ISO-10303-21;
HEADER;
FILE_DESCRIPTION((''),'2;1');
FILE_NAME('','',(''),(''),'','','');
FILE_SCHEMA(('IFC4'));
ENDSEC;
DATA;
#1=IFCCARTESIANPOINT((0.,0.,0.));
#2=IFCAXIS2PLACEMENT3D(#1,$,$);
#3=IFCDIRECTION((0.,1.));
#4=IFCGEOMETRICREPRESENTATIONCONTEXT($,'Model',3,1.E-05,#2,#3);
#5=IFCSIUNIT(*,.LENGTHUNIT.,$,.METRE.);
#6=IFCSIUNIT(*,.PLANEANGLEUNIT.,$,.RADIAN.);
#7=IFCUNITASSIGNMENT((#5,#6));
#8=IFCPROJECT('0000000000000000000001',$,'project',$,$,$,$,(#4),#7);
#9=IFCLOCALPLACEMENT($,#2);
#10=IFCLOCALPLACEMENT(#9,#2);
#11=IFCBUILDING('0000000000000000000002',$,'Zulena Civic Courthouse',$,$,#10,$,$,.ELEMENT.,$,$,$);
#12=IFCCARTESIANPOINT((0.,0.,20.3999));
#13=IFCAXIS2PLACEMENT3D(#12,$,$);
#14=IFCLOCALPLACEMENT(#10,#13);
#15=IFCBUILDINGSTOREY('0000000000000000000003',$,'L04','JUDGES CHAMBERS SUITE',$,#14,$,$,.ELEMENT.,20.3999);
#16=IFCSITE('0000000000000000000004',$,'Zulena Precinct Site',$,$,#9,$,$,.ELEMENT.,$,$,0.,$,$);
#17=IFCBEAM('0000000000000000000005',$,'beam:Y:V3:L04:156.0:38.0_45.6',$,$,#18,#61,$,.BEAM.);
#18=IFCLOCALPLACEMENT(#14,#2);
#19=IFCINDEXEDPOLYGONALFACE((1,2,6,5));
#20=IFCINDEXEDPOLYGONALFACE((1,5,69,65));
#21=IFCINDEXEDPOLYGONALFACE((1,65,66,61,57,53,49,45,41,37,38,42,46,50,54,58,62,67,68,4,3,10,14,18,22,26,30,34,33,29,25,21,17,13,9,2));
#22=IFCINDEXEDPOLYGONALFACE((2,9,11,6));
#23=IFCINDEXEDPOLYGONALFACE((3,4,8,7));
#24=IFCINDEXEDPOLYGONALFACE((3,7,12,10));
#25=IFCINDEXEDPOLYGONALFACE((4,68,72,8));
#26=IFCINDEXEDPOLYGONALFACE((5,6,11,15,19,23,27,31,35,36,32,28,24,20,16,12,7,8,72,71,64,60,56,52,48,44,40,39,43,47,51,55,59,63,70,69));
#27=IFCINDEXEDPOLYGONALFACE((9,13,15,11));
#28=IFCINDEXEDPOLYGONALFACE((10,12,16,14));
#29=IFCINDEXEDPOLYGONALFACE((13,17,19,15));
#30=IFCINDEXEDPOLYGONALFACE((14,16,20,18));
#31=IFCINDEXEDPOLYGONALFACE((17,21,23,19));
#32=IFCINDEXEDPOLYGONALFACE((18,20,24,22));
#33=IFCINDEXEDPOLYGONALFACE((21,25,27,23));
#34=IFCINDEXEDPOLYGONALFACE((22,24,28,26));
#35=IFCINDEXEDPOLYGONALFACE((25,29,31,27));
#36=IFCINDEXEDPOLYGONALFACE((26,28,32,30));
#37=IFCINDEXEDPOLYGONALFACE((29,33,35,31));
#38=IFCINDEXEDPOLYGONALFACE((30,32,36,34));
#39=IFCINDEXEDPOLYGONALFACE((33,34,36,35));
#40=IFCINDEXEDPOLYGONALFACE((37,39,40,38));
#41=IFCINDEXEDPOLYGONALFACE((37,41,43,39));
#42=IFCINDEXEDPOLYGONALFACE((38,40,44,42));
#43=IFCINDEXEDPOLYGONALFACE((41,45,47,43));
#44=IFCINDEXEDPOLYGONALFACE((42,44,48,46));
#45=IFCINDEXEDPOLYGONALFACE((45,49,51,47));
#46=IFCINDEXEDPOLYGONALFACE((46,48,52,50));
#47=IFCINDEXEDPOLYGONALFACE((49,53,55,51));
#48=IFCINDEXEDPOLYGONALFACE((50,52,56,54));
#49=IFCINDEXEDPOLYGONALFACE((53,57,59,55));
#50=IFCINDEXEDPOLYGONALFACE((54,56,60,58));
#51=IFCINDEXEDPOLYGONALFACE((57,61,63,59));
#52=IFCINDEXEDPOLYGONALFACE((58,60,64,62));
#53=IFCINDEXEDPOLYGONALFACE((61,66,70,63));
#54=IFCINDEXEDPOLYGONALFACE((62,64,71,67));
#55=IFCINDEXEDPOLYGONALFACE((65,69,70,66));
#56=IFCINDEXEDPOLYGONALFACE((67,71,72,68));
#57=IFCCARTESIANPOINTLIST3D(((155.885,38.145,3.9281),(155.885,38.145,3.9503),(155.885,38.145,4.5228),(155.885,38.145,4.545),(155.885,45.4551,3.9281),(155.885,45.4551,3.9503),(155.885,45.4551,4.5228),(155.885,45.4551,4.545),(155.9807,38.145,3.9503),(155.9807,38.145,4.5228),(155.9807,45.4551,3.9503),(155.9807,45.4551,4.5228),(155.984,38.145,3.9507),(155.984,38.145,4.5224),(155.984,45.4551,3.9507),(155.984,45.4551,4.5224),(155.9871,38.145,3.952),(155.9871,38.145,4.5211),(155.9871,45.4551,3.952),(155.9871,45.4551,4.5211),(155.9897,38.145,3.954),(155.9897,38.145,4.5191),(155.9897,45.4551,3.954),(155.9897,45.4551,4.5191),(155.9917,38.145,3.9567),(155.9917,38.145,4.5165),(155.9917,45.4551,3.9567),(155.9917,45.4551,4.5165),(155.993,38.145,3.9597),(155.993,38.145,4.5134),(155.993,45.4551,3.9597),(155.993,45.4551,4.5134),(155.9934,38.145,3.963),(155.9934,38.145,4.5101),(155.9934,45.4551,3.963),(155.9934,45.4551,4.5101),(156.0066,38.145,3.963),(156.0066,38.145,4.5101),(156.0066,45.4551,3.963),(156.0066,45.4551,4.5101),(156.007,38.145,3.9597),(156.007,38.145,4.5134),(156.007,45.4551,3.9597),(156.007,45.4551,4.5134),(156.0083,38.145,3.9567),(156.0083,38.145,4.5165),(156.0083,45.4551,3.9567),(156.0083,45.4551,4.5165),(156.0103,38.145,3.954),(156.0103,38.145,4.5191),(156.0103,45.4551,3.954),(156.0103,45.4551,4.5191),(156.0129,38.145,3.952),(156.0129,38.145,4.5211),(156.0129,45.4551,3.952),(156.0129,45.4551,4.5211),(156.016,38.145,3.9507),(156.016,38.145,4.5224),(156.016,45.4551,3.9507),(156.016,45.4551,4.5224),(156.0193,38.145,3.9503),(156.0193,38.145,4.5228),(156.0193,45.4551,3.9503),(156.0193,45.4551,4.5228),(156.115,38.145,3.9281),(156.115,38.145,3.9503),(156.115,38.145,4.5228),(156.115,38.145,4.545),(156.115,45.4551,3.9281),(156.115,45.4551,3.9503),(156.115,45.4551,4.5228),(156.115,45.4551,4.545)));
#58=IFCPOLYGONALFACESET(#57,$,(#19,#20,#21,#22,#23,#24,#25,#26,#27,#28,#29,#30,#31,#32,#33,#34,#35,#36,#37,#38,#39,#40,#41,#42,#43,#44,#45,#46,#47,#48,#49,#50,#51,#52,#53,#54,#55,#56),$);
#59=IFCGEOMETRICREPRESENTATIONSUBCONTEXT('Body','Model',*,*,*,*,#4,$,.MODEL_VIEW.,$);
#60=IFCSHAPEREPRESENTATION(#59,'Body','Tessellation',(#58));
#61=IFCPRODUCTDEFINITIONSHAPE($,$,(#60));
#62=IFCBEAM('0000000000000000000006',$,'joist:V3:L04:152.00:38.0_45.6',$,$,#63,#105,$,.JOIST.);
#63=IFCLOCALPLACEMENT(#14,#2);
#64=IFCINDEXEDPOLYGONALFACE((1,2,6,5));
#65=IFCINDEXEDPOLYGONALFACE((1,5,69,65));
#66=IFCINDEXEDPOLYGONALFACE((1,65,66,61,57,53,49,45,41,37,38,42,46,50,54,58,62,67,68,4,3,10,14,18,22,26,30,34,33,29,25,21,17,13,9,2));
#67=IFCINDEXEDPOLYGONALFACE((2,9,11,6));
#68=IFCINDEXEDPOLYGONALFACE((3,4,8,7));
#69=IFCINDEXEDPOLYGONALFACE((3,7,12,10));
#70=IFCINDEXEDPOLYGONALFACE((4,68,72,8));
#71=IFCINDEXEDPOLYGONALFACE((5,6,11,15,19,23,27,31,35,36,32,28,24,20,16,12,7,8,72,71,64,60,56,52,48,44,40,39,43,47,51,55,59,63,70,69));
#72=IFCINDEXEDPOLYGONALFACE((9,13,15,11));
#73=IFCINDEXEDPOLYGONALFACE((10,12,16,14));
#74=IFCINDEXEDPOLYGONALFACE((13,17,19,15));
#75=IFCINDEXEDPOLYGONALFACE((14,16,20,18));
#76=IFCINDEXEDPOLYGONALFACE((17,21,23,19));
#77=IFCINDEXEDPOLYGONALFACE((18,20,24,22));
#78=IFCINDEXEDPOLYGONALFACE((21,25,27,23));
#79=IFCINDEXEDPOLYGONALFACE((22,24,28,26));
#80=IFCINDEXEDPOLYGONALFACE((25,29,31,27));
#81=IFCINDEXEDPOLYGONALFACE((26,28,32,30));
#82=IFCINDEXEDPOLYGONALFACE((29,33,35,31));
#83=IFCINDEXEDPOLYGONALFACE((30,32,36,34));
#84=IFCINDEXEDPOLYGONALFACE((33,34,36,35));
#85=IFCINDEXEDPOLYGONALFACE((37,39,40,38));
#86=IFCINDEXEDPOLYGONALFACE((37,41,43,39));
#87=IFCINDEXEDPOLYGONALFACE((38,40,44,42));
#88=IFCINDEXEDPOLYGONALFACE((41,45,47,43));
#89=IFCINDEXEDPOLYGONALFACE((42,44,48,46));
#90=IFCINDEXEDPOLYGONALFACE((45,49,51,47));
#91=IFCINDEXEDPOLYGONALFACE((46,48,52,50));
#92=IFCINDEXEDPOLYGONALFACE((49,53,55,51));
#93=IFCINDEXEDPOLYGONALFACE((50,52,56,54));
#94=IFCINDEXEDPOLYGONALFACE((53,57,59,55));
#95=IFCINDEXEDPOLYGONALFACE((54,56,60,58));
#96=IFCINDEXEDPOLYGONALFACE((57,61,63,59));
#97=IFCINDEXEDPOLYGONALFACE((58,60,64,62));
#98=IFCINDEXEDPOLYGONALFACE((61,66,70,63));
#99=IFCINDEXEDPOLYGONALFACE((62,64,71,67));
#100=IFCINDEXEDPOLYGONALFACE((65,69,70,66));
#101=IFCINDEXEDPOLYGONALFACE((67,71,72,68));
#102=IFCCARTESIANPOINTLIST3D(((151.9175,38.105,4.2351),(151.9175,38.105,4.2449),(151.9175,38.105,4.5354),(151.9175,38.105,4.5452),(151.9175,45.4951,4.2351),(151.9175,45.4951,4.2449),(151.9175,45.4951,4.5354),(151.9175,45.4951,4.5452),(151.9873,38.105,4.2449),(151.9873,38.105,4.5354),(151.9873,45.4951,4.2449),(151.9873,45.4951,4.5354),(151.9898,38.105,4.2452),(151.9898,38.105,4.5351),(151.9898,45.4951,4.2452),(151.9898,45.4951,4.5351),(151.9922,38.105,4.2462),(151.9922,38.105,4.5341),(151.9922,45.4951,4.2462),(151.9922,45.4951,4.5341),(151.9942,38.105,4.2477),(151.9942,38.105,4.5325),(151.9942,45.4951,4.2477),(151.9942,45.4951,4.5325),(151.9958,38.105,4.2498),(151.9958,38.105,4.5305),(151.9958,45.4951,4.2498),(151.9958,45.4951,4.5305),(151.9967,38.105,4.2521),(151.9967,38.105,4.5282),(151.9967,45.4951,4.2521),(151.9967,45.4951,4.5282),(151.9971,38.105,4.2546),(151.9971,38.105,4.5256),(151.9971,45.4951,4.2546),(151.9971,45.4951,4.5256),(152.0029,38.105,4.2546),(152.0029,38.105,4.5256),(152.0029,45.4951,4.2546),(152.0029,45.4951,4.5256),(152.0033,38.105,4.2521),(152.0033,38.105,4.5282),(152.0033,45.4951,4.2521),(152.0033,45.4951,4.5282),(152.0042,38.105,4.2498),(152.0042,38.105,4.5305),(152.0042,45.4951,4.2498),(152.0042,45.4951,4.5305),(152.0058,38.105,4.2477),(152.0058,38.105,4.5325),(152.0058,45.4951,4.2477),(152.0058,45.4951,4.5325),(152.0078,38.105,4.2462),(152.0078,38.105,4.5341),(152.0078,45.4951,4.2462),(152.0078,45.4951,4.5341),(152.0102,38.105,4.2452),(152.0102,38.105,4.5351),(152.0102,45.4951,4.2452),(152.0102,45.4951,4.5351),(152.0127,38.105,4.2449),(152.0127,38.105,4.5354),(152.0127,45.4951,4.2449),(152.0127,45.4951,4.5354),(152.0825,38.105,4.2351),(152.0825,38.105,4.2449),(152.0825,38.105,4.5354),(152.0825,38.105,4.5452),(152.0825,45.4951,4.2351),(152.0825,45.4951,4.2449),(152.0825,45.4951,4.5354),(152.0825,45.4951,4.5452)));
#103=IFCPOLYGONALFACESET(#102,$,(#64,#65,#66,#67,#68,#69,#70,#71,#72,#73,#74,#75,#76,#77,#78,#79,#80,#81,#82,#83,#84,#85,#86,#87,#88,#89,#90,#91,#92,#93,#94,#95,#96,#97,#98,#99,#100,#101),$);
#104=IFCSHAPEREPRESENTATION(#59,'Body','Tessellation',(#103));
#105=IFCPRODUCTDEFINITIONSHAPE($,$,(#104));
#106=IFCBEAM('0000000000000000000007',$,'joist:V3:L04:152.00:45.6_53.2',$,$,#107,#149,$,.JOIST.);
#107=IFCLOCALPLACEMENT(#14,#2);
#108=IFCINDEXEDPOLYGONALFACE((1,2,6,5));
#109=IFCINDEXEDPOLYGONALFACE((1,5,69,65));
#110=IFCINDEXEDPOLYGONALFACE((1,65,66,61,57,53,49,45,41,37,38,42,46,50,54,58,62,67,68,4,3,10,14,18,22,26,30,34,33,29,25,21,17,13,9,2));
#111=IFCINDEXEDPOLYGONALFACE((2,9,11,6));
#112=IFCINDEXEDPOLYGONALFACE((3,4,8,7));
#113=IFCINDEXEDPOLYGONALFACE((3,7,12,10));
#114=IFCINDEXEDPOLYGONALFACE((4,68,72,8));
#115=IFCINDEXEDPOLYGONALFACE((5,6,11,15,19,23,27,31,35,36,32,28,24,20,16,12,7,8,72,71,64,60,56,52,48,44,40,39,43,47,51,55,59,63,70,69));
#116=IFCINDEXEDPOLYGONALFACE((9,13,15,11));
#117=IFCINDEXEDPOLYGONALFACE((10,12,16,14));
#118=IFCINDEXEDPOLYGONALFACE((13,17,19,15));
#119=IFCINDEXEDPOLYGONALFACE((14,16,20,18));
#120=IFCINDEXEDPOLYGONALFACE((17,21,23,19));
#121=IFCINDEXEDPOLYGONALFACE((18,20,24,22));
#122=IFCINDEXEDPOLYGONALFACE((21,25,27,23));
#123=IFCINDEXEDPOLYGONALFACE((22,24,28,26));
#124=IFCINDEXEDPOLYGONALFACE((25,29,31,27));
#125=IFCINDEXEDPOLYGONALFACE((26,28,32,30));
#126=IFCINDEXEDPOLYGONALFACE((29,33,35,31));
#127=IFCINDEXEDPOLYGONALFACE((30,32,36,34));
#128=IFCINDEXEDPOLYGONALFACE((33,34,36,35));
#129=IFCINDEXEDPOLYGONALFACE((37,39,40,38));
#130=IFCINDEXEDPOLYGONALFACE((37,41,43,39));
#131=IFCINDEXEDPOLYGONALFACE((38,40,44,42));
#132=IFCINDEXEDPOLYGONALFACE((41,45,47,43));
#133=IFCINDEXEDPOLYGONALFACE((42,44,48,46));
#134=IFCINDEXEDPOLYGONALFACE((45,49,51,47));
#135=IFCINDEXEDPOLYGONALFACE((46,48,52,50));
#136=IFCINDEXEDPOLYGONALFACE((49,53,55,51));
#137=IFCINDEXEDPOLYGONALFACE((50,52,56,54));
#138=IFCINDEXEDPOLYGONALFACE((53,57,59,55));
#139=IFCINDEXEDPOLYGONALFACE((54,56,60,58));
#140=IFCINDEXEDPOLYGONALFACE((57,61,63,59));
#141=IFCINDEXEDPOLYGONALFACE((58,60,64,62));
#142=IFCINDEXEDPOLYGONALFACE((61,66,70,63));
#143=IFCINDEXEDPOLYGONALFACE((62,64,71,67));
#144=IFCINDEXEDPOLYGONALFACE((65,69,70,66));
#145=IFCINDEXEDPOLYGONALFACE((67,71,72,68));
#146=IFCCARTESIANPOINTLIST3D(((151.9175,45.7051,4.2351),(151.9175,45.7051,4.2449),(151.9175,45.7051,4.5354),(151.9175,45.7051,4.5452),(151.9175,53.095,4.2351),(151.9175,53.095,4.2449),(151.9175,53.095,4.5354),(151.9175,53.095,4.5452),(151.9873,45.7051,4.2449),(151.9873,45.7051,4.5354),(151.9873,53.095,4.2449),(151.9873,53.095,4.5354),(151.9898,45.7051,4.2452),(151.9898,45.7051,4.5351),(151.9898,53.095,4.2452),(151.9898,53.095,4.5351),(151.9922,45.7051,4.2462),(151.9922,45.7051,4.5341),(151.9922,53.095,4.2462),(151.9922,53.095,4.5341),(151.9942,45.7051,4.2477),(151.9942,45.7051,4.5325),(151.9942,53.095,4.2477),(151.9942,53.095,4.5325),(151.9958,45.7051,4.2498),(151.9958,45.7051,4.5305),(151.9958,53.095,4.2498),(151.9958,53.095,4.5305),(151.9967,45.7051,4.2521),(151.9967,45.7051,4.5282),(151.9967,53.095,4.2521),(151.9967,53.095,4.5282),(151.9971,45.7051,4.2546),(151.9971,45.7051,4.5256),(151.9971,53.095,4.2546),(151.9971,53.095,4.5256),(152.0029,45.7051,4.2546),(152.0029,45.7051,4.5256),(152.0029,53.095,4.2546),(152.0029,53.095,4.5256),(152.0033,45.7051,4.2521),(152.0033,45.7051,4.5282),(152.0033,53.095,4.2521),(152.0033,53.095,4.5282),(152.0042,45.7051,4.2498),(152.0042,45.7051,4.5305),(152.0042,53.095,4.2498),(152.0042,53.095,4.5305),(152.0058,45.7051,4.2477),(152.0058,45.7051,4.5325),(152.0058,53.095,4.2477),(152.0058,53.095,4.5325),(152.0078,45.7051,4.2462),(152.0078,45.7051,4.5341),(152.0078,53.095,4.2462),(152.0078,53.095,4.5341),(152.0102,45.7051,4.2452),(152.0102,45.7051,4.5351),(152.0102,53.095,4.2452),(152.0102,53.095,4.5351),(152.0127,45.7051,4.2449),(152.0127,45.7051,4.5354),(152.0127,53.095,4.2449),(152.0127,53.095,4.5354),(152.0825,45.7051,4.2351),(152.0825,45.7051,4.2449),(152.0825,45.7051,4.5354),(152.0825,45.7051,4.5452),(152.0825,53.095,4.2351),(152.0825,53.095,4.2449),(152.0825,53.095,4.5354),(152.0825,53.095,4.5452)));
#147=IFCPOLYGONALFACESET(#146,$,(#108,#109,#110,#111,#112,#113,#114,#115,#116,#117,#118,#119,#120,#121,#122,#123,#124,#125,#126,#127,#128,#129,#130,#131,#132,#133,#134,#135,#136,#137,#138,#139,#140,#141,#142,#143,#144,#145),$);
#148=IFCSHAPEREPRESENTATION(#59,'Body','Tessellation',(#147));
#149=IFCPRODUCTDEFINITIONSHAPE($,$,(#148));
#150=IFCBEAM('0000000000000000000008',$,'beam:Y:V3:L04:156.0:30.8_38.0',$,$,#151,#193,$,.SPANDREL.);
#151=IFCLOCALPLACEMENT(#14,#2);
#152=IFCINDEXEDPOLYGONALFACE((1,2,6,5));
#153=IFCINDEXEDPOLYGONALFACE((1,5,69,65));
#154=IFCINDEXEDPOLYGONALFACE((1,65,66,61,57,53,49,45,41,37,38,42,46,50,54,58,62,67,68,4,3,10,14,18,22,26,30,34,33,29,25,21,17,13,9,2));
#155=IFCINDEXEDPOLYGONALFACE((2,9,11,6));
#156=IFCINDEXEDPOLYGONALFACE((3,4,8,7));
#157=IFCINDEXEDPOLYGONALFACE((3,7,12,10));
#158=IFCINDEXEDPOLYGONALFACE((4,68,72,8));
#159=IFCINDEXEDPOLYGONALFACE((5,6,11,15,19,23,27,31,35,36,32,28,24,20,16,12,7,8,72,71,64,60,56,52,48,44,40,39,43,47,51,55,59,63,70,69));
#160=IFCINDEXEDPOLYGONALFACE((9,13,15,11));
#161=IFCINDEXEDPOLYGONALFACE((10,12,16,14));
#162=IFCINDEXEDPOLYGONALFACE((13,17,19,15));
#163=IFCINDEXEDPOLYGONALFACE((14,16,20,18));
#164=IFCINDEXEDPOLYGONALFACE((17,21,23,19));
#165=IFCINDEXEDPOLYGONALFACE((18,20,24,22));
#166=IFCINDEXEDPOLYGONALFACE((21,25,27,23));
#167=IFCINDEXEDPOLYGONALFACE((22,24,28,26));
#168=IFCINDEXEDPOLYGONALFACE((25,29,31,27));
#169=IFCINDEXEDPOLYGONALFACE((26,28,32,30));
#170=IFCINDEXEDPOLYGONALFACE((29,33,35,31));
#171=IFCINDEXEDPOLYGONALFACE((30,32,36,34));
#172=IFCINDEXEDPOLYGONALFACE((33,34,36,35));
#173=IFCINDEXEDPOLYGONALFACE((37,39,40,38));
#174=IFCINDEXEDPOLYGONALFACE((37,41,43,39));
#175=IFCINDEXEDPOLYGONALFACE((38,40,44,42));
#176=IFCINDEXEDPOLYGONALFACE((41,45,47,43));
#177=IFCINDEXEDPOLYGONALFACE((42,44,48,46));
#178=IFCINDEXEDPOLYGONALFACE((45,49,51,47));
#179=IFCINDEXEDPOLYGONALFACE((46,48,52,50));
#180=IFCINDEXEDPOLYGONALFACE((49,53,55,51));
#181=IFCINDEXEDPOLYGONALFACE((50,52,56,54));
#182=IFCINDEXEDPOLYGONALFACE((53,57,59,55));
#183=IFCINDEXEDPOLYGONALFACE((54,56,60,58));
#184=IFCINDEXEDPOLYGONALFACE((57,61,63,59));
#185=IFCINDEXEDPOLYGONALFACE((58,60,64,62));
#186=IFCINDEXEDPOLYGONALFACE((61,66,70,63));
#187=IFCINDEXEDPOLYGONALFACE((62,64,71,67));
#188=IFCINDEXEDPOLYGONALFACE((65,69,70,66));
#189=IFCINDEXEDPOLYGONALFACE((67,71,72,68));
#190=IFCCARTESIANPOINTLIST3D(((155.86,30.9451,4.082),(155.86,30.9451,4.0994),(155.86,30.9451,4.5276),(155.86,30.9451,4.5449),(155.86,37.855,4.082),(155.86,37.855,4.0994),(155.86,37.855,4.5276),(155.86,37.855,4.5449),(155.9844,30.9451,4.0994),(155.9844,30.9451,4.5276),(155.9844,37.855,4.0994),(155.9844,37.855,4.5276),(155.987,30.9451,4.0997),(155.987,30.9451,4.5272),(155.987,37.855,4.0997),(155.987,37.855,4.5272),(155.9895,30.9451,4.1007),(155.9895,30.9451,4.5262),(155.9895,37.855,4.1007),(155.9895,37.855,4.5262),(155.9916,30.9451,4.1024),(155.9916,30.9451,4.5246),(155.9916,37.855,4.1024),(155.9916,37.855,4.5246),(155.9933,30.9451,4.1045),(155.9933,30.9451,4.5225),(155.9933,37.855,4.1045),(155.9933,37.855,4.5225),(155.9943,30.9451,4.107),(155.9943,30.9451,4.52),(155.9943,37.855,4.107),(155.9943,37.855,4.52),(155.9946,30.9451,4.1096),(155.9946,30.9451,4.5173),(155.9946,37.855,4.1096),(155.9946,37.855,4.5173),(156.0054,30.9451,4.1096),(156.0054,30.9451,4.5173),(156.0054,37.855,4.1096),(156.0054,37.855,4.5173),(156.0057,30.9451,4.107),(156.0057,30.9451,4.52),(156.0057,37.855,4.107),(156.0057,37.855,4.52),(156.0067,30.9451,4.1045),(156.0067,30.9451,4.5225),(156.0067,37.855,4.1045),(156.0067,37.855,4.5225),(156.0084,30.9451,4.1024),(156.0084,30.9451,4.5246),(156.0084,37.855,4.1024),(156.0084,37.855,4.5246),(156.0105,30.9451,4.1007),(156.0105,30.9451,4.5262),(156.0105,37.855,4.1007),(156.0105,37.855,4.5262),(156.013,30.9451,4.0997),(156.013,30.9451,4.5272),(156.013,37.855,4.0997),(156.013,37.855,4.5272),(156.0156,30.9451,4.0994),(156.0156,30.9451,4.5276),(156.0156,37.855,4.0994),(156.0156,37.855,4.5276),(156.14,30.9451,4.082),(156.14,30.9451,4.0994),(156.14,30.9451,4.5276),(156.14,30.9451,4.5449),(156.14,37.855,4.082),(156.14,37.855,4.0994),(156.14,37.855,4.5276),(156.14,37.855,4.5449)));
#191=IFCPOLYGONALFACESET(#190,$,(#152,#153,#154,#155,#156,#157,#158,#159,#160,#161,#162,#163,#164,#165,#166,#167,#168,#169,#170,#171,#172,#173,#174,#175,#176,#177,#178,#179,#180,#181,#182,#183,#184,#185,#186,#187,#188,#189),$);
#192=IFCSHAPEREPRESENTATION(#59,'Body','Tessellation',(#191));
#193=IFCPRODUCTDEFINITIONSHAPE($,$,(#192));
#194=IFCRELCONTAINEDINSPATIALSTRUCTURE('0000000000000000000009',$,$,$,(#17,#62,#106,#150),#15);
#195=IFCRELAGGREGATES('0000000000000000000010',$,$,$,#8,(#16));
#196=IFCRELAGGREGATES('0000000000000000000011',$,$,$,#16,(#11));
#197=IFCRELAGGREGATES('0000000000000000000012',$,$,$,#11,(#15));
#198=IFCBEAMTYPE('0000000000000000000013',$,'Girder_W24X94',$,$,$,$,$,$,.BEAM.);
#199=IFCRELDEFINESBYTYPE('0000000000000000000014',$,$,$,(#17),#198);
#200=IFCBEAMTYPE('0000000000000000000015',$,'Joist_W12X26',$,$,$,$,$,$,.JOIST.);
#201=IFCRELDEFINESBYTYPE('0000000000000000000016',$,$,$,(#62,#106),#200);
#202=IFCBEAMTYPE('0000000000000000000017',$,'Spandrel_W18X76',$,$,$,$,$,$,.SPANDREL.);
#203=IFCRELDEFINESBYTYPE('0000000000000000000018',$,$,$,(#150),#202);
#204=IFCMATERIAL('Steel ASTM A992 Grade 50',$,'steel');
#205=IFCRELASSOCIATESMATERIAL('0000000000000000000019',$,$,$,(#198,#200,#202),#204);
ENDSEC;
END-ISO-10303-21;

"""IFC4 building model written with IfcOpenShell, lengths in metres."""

from ifc_helpers import new_model, si_unit, direction, frame, origin, origin_2d, place, context, subcontext, project, spatial, i_section, extrude, material, material_profile, profile_set, type_object, element, save


model = new_model("IFC4")

# Units and contexts
model_context = context("Model", 3, precision=1e-05, world=origin(), true_north=direction((0.0, 1.0)))
body_context = subcontext(model_context, "Body", "Model", "MODEL_VIEW")
ifc_project = project(units=[si_unit("LENGTHUNIT", "METRE"), si_unit("PLANEANGLEUNIT", "RADIAN")], contexts=[model_context])

# Site, building, storey
site_placement = place(None, origin())
site = spatial("IfcSite", under=ifc_project, at=site_placement, Name="Zulena Precinct Site", CompositionType="ELEMENT", RefElevation=0.0)
building_placement = place(site_placement, origin())
building = spatial("IfcBuilding", under=site, at=building_placement, Name="Zulena Civic Courthouse", CompositionType="ELEMENT")
storey_placement = place(building_placement, frame((0.0, 0.0, 20.3999)))
storey = spatial("IfcBuildingStorey", under=building, at=storey_placement, Name="L04", Description="JUDGES CHAMBERS SUITE", CompositionType="ELEMENT", Elevation=20.3999)

# Shared definitions
ifc_material_1 = material(Name="Steel ASTM A992 Grade 50", Category="steel")

# Beams
ifc_material_profile_1 = material_profile(ifc_material_1, i_section(OverallWidth=0.23, OverallDepth=0.6169, WebThickness=0.0132, FlangeThickness=0.0222, FilletRadius=0.0127, at=origin_2d()), Name="W24X94")
ifc_profile_set_1 = profile_set([ifc_material_profile_1], Name="Steel ASTM A992 Grade 50")
beam_type_1 = type_object("IfcBeamType", Name="Girder_W24X94", PredefinedType="BEAM", material=ifc_profile_set_1)
beam_1_placement = place(storey_placement, frame((156.0, 38.145, 4.2366), z_axis=(0.0, 1.0, 0.0), x_axis=(-1.0, 0.0, 0.0)))
element("IfcBeam", 1, at=beam_1_placement, inside=storey, type_object=beam_type_1, Name="beam:Y:V3:L04:156.0:38.0_45.6", PredefinedType="BEAM", context=body_context, shape_type="SweptSolid", body=[
    extrude(i_section(OverallWidth=0.23, OverallDepth=0.6169, WebThickness=0.0132, FlangeThickness=0.0222, FilletRadius=0.0127, at=origin_2d()), origin(), (0.0, 0.0, 1.0), 7.3101),
])
ifc_material_profile_2 = material_profile(ifc_material_1, i_section(OverallWidth=0.165, OverallDepth=0.3101, WebThickness=0.0059, FlangeThickness=0.0098, FilletRadius=0.0098, at=origin_2d()), Name="W12X26")
ifc_profile_set_2 = profile_set([ifc_material_profile_2], Name="Steel ASTM A992 Grade 50")
beam_type_2 = type_object("IfcBeamType", Name="Joist_W12X26", PredefinedType="JOIST", material=ifc_profile_set_2)
beam_2_placement = place(storey_placement, frame((152.0, 38.105, 4.3901), z_axis=(0.0, 1.0, 0.0), x_axis=(-1.0, 0.0, 0.0)))
element("IfcBeam", 2, at=beam_2_placement, inside=storey, type_object=beam_type_2, Name="joist:V3:L04:152.00:38.0_45.6", PredefinedType="JOIST", context=body_context, shape_type="SweptSolid", body=[
    extrude(i_section(OverallWidth=0.165, OverallDepth=0.3101, WebThickness=0.0059, FlangeThickness=0.0098, FilletRadius=0.0098, at=origin_2d()), origin(), (0.0, 0.0, 1.0), 7.3901),
])
beam_3_placement = place(storey_placement, frame((152.0, 45.7051, 4.3901), z_axis=(0.0, 1.0, 0.0), x_axis=(-1.0, 0.0, 0.0)))
element("IfcBeam", 3, at=beam_3_placement, inside=storey, type_object=beam_type_2, Name="joist:V3:L04:152.00:45.6_53.2", PredefinedType="JOIST", context=body_context, shape_type="SweptSolid", body=[
    extrude(i_section(OverallWidth=0.165, OverallDepth=0.3101, WebThickness=0.0059, FlangeThickness=0.0098, FilletRadius=0.0098, at=origin_2d()), origin(), (0.0, 0.0, 1.0), 7.3899),
])
ifc_material_profile_3 = material_profile(ifc_material_1, i_section(OverallWidth=0.28, OverallDepth=0.4629, WebThickness=0.0107, FlangeThickness=0.0173, FilletRadius=0.0103, at=origin_2d()), Name="W18X76")
ifc_profile_set_3 = profile_set([ifc_material_profile_3], Name="Steel ASTM A992 Grade 50")
beam_type_3 = type_object("IfcBeamType", Name="Spandrel_W18X76", PredefinedType="SPANDREL", material=ifc_profile_set_3)
beam_4_placement = place(storey_placement, frame((156.0, 30.9451, 4.3135), z_axis=(0.0, 1.0, 0.0), x_axis=(-1.0, 0.0, 0.0)))
element("IfcBeam", 4, at=beam_4_placement, inside=storey, type_object=beam_type_3, Name="beam:Y:V3:L04:156.0:30.8_38.0", PredefinedType="SPANDREL", context=body_context, shape_type="SweptSolid", body=[
    extrude(i_section(OverallWidth=0.28, OverallDepth=0.4629, WebThickness=0.0107, FlangeThickness=0.0173, FilletRadius=0.0103, at=origin_2d()), origin(), (0.0, 0.0, 1.0), 6.9099),
])

save(model, "model.ifc")
